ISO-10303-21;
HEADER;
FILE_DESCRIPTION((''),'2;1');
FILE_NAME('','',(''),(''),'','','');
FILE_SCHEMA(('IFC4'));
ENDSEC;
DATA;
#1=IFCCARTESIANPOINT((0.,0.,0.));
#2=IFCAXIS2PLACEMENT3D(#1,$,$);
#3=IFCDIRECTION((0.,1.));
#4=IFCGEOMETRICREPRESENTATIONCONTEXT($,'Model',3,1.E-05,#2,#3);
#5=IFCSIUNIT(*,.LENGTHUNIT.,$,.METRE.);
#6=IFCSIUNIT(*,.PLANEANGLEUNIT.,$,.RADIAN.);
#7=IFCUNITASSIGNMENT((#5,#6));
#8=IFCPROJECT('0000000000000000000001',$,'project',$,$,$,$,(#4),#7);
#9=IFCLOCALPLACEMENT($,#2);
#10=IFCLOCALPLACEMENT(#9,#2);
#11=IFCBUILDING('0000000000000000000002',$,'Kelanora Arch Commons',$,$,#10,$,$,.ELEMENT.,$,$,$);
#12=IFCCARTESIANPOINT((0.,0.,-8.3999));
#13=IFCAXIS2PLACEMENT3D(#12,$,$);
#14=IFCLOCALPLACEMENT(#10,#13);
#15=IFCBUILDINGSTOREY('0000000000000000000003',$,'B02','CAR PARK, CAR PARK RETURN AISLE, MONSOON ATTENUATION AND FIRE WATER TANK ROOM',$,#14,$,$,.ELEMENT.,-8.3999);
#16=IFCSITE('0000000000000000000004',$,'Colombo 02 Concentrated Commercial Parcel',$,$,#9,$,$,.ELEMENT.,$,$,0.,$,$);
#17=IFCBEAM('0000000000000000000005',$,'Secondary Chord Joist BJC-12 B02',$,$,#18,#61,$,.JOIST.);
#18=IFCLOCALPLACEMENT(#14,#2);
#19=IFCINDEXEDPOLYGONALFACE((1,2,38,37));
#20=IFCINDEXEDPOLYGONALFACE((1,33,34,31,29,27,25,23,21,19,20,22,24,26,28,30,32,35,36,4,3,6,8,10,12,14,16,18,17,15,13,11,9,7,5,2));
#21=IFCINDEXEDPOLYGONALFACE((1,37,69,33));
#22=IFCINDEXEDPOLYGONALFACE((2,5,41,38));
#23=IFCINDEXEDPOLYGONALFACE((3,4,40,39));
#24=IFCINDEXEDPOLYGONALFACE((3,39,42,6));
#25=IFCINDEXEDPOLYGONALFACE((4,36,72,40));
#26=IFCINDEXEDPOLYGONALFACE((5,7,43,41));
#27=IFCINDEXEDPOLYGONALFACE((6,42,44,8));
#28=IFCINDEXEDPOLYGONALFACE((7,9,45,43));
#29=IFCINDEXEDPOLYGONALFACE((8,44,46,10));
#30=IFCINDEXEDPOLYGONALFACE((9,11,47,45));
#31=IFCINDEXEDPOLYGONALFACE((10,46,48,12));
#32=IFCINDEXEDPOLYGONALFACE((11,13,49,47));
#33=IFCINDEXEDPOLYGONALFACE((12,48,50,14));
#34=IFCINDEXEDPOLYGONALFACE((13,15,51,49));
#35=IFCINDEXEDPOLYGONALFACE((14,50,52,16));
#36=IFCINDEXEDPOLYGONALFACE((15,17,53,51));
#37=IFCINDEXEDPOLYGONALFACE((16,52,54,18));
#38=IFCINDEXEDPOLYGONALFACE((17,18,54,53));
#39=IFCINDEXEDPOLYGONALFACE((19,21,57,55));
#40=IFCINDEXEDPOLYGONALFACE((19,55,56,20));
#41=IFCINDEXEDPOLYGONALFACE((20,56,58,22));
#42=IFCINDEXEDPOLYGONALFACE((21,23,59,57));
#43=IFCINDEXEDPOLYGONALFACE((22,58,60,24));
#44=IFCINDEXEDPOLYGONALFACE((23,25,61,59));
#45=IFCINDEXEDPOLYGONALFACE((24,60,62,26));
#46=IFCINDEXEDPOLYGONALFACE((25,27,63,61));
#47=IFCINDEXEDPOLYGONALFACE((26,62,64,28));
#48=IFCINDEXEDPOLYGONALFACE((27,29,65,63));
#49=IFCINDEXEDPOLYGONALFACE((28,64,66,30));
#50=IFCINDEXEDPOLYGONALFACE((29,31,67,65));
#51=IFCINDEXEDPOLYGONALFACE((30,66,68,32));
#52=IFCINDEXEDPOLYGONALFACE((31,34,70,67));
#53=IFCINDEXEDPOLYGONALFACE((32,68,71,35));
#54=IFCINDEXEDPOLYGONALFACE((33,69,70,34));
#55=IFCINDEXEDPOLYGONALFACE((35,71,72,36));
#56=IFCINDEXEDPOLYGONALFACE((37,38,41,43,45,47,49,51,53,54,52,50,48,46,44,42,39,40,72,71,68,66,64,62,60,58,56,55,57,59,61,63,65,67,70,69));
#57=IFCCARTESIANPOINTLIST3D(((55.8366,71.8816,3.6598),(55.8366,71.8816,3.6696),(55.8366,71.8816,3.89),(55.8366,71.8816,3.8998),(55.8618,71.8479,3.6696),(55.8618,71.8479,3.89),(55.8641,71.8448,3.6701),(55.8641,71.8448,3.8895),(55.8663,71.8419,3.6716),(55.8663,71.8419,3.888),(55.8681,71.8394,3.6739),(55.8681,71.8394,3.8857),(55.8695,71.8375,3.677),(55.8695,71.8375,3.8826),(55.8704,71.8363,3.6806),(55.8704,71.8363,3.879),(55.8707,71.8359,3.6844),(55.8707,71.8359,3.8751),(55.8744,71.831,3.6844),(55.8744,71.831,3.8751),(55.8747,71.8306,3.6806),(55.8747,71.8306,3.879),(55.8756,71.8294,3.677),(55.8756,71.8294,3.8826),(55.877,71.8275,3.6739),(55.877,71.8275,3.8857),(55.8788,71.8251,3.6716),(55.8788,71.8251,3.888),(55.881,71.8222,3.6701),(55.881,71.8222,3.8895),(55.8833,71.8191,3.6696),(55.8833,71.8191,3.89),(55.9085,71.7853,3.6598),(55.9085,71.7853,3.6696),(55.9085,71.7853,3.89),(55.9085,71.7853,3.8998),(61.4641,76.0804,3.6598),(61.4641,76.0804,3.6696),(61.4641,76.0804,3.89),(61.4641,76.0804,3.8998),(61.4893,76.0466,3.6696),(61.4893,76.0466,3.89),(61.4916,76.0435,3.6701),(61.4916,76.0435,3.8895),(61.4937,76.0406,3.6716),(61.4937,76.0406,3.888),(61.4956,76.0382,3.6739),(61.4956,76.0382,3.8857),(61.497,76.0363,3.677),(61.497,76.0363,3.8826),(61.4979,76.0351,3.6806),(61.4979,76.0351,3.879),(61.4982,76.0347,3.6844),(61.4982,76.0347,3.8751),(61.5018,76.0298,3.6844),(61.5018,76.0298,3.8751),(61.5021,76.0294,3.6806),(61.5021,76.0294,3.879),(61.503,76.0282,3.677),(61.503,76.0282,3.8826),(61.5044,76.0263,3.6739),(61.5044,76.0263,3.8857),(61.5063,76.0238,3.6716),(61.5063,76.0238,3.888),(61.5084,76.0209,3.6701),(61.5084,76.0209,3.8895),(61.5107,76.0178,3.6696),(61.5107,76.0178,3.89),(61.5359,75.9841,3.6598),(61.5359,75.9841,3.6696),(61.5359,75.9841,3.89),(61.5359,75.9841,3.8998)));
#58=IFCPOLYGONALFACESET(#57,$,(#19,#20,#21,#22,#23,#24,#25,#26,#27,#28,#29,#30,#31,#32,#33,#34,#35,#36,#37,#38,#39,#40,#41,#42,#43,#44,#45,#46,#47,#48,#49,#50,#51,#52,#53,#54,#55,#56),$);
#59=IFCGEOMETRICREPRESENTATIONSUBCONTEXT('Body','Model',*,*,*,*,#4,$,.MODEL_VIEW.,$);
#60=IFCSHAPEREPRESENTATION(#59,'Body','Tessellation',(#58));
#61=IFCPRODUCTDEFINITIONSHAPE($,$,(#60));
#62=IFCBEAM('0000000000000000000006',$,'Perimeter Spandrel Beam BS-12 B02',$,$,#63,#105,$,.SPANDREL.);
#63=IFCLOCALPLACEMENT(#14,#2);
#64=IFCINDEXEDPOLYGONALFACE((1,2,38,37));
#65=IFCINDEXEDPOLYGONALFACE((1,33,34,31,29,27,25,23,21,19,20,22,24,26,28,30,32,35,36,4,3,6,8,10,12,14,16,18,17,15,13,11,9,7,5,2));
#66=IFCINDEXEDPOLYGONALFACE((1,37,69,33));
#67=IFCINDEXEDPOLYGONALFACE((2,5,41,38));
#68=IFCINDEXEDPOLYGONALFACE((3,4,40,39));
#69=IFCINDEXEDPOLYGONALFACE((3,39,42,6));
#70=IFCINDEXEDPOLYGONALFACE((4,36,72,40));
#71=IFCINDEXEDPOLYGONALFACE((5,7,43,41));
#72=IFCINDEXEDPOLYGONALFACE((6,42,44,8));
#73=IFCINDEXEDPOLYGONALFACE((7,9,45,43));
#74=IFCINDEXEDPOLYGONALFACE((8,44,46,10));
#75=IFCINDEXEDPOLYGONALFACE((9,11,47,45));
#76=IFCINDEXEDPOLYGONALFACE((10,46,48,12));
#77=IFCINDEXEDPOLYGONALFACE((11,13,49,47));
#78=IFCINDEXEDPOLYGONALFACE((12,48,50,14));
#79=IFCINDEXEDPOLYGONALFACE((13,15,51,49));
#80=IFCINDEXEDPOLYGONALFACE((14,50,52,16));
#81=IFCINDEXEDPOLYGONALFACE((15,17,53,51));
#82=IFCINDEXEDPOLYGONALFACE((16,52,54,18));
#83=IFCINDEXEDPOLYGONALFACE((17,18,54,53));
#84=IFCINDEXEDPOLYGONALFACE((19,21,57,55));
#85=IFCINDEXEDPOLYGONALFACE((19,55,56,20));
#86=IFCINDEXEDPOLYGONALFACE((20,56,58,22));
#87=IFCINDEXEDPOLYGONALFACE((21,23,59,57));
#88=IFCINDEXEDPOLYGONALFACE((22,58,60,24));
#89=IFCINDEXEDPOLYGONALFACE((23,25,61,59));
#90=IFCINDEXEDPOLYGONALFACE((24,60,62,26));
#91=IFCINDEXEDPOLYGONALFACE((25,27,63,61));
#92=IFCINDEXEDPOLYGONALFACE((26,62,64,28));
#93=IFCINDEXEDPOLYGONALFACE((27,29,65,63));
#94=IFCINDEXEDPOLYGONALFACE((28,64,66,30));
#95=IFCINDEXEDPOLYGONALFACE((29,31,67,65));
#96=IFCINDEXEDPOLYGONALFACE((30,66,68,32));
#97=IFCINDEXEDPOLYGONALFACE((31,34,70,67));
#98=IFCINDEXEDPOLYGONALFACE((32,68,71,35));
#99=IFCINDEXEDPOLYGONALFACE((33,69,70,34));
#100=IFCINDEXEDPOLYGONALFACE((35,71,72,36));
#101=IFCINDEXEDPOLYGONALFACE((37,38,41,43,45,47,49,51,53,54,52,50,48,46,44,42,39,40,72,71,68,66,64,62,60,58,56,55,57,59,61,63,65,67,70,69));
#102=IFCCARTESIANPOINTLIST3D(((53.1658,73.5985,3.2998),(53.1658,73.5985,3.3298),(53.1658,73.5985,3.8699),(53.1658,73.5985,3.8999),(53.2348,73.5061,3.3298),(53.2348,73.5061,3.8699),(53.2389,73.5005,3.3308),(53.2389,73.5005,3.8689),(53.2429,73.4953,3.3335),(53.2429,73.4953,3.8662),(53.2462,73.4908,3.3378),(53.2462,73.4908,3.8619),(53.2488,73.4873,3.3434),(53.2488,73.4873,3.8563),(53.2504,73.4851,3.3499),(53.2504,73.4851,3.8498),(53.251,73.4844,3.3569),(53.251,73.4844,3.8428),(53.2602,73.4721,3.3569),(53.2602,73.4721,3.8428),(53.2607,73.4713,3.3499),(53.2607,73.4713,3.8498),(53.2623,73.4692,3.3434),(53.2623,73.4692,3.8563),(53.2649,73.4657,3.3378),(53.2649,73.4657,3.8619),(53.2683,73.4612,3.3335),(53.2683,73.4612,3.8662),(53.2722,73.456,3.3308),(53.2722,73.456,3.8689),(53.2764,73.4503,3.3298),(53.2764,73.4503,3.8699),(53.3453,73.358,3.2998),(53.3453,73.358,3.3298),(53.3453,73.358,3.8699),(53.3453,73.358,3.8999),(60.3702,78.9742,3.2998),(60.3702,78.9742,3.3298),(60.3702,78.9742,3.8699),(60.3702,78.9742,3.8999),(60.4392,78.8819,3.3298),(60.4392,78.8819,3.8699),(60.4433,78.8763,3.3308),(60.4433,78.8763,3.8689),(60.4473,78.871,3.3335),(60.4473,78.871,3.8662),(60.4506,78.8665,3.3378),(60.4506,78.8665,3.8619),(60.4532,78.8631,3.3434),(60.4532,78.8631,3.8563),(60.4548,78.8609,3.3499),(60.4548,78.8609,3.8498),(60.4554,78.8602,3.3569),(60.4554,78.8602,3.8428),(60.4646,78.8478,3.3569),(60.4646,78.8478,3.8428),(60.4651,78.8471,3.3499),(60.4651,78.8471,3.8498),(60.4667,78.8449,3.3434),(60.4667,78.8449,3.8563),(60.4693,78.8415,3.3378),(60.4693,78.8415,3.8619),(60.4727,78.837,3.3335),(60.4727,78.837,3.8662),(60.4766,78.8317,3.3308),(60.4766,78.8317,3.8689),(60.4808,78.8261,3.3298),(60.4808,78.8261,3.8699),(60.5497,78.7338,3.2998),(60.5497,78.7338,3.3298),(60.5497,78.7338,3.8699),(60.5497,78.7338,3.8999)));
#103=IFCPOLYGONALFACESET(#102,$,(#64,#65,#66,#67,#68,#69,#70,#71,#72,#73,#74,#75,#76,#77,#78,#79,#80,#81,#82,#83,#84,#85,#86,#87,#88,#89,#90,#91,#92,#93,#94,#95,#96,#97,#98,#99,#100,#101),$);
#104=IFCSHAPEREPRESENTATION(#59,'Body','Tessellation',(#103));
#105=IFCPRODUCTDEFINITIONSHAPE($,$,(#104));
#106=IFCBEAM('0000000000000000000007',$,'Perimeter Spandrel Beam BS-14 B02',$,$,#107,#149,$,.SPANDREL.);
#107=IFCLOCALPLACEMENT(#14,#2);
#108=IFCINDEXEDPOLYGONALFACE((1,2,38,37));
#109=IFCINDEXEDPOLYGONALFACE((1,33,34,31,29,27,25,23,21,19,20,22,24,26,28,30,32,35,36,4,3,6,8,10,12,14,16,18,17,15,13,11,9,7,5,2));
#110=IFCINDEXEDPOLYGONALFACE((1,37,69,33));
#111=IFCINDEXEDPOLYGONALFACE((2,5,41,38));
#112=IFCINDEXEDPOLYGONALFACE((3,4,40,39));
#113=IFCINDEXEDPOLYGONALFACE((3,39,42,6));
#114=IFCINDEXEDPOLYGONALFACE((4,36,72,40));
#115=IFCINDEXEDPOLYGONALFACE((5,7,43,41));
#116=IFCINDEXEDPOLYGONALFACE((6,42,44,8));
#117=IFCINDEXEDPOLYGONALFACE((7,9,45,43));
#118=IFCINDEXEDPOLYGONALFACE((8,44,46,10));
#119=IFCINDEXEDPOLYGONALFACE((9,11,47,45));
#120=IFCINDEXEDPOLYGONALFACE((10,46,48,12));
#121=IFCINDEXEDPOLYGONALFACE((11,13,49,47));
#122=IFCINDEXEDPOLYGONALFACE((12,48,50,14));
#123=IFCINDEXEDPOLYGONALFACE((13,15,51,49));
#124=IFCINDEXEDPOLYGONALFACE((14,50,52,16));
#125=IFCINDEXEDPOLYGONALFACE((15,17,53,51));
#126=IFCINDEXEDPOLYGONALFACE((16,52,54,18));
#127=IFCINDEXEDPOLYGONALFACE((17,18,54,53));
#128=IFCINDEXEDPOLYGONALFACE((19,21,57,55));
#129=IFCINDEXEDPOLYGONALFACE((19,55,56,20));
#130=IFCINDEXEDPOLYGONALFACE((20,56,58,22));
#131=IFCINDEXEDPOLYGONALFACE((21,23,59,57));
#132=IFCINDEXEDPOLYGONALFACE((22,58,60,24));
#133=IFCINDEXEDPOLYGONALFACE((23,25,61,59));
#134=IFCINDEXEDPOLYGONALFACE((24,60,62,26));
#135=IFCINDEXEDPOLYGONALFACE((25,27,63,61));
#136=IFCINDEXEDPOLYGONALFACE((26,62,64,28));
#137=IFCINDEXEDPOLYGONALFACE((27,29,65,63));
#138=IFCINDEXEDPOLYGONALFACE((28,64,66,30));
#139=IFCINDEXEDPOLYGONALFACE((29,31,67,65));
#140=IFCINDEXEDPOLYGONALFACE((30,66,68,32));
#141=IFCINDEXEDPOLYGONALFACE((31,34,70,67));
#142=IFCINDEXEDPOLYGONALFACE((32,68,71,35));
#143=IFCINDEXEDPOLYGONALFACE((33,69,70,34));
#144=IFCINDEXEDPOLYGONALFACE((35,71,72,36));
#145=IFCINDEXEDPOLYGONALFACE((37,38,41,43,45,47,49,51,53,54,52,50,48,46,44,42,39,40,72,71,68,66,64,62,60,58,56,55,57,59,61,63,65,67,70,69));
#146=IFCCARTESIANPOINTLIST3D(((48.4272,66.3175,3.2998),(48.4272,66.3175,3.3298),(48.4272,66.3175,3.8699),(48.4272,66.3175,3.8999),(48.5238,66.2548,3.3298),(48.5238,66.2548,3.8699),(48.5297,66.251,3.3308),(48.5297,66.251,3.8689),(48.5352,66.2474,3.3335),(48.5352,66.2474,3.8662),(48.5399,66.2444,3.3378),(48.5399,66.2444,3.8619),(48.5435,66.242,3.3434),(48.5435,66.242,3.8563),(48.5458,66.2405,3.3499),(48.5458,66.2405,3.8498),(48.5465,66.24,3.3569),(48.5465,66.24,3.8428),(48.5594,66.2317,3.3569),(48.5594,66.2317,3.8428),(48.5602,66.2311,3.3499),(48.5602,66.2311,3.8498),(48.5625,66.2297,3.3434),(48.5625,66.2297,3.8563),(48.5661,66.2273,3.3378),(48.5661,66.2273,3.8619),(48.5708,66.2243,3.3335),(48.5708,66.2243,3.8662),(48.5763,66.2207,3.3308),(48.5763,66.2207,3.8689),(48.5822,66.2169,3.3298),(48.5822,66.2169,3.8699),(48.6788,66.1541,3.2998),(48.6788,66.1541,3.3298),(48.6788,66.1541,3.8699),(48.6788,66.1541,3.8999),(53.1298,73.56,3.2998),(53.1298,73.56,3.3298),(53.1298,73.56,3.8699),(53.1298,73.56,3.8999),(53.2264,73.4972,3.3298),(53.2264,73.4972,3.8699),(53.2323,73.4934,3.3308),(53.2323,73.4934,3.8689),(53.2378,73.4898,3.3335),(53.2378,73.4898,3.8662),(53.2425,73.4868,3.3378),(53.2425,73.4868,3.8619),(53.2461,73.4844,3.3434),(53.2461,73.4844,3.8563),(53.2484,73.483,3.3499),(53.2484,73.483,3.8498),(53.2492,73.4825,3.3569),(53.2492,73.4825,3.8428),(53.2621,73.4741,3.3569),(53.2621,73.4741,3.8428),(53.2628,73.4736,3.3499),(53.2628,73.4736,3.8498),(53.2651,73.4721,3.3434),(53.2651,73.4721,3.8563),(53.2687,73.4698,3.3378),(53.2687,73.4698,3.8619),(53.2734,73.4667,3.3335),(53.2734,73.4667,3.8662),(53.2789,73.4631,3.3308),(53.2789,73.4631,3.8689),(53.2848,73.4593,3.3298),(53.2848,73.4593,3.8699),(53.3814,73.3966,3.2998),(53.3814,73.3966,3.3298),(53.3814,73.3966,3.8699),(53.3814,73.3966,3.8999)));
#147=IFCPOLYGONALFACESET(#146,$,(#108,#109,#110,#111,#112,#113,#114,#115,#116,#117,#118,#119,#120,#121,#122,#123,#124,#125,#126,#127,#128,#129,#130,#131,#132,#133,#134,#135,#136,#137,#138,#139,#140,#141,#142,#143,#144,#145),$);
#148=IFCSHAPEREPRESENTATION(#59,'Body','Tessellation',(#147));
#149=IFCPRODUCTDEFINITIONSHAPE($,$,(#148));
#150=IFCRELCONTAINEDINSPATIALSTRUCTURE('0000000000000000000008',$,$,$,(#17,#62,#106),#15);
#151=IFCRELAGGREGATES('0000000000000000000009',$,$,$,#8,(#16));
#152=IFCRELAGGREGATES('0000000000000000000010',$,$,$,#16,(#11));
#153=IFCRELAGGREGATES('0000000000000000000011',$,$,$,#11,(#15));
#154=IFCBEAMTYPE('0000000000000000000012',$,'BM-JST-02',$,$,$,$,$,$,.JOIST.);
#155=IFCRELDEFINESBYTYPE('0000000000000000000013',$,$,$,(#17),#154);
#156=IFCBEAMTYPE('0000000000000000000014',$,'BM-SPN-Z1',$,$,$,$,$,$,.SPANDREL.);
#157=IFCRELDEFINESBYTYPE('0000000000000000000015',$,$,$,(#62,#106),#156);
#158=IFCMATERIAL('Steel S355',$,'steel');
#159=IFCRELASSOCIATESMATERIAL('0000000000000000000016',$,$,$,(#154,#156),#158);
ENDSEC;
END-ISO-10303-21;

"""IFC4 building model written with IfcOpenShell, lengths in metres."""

from ifc_helpers import new_model, si_unit, direction, frame, origin, origin_2d, place, context, subcontext, project, spatial, i_section, extrude, material, material_profile, profile_set, type_object, element, save


model = new_model("IFC4")

# Units and contexts
model_context = context("Model", 3, precision=1e-05, world=origin(), true_north=direction((0.0, 1.0)))
body_context = subcontext(model_context, "Body", "Model", "MODEL_VIEW")
ifc_project = project(units=[si_unit("LENGTHUNIT", "METRE"), si_unit("PLANEANGLEUNIT", "RADIAN")], contexts=[model_context])

# Site, building, storey
site_placement = place(None, origin())
site = spatial("IfcSite", under=ifc_project, at=site_placement, Name="Colombo 02 Concentrated Commercial Parcel", CompositionType="ELEMENT", RefElevation=0.0)
building_placement = place(site_placement, origin())
building = spatial("IfcBuilding", under=site, at=building_placement, Name="Kelanora Arch Commons", CompositionType="ELEMENT")
storey_placement = place(building_placement, frame((0.0, 0.0, -8.3999)))
storey = spatial("IfcBuildingStorey", under=building, at=storey_placement, Name="B02", Description="CAR PARK, CAR PARK RETURN AISLE, MONSOON ATTENUATION AND FIRE WATER TANK ROOM", CompositionType="ELEMENT", Elevation=-8.3999)

# Shared definitions
ifc_material_1 = material(Name="Steel S355", Category="steel")

# Beams
ifc_material_profile_1 = material_profile(ifc_material_1, i_section(OverallWidth=0.1201, OverallDepth=0.24, WebThickness=0.0061, FlangeThickness=0.0098, FilletRadius=0.0149, at=origin_2d()), Name="IPE240")
ifc_profile_set_1 = profile_set([ifc_material_profile_1], Name="Steel S355")
beam_type_1 = type_object("IfcBeamType", Name="BM-JST-02", PredefinedType="JOIST", material=ifc_profile_set_1)
beam_1_placement = place(storey_placement, frame((61.5, 76.0322, 3.7798), z_axis=(-0.801491, -0.598006, 0.0), x_axis=(0.598006, -0.801491, 0.0)))
element("IfcBeam", 1, at=beam_1_placement, inside=storey, type_object=beam_type_1, Name="Secondary Chord Joist BJC-12 B02", PredefinedType="JOIST", context=body_context, shape_type="SweptSolid", body=[
    extrude(i_section(OverallWidth=0.1201, OverallDepth=0.24, WebThickness=0.0061, FlangeThickness=0.0098, FilletRadius=0.0149, at=origin_2d()), origin(), (0.0, 0.0, 1.0), 7.0212),
])
ifc_material_profile_2 = material_profile(ifc_material_1, i_section(OverallWidth=0.3, OverallDepth=0.6001, WebThickness=0.0154, FlangeThickness=0.03, FilletRadius=0.0271, at=origin_2d()), Name="HEB600")
ifc_profile_set_2 = profile_set([ifc_material_profile_2], Name="Steel S355")
beam_type_2 = type_object("IfcBeamType", Name="BM-SPN-Z1", PredefinedType="SPANDREL", material=ifc_profile_set_2)
beam_2_placement = place(storey_placement, frame((60.46, 78.854, 3.5999), z_axis=(-0.801468, -0.598038, 0.0), x_axis=(0.598038, -0.801468, 0.0)))
element("IfcBeam", 2, at=beam_2_placement, inside=storey, type_object=beam_type_2, Name="Perimeter Spandrel Beam BS-12 B02", PredefinedType="SPANDREL", context=body_context, shape_type="SweptSolid", body=[
    extrude(i_section(OverallWidth=0.3, OverallDepth=0.6001, WebThickness=0.0154, FlangeThickness=0.03, FilletRadius=0.0271, at=origin_2d()), origin(), (0.0, 0.0, 1.0), 8.989),
])
beam_3_placement = place(storey_placement, frame((53.2556, 73.4783, 3.5999), z_axis=(-0.544586, -0.838705, 0.0), x_axis=(0.838705, -0.544586, 0.0)))
element("IfcBeam", 3, at=beam_3_placement, inside=storey, type_object=beam_type_2, Name="Perimeter Spandrel Beam BS-14 B02", PredefinedType="SPANDREL", context=body_context, shape_type="SweptSolid", body=[
    extrude(i_section(OverallWidth=0.3, OverallDepth=0.6001, WebThickness=0.0154, FlangeThickness=0.03, FilletRadius=0.0271, at=origin_2d()), origin(), (0.0, 0.0, 1.0), 8.6353),
])

save(model, "model.ifc")
